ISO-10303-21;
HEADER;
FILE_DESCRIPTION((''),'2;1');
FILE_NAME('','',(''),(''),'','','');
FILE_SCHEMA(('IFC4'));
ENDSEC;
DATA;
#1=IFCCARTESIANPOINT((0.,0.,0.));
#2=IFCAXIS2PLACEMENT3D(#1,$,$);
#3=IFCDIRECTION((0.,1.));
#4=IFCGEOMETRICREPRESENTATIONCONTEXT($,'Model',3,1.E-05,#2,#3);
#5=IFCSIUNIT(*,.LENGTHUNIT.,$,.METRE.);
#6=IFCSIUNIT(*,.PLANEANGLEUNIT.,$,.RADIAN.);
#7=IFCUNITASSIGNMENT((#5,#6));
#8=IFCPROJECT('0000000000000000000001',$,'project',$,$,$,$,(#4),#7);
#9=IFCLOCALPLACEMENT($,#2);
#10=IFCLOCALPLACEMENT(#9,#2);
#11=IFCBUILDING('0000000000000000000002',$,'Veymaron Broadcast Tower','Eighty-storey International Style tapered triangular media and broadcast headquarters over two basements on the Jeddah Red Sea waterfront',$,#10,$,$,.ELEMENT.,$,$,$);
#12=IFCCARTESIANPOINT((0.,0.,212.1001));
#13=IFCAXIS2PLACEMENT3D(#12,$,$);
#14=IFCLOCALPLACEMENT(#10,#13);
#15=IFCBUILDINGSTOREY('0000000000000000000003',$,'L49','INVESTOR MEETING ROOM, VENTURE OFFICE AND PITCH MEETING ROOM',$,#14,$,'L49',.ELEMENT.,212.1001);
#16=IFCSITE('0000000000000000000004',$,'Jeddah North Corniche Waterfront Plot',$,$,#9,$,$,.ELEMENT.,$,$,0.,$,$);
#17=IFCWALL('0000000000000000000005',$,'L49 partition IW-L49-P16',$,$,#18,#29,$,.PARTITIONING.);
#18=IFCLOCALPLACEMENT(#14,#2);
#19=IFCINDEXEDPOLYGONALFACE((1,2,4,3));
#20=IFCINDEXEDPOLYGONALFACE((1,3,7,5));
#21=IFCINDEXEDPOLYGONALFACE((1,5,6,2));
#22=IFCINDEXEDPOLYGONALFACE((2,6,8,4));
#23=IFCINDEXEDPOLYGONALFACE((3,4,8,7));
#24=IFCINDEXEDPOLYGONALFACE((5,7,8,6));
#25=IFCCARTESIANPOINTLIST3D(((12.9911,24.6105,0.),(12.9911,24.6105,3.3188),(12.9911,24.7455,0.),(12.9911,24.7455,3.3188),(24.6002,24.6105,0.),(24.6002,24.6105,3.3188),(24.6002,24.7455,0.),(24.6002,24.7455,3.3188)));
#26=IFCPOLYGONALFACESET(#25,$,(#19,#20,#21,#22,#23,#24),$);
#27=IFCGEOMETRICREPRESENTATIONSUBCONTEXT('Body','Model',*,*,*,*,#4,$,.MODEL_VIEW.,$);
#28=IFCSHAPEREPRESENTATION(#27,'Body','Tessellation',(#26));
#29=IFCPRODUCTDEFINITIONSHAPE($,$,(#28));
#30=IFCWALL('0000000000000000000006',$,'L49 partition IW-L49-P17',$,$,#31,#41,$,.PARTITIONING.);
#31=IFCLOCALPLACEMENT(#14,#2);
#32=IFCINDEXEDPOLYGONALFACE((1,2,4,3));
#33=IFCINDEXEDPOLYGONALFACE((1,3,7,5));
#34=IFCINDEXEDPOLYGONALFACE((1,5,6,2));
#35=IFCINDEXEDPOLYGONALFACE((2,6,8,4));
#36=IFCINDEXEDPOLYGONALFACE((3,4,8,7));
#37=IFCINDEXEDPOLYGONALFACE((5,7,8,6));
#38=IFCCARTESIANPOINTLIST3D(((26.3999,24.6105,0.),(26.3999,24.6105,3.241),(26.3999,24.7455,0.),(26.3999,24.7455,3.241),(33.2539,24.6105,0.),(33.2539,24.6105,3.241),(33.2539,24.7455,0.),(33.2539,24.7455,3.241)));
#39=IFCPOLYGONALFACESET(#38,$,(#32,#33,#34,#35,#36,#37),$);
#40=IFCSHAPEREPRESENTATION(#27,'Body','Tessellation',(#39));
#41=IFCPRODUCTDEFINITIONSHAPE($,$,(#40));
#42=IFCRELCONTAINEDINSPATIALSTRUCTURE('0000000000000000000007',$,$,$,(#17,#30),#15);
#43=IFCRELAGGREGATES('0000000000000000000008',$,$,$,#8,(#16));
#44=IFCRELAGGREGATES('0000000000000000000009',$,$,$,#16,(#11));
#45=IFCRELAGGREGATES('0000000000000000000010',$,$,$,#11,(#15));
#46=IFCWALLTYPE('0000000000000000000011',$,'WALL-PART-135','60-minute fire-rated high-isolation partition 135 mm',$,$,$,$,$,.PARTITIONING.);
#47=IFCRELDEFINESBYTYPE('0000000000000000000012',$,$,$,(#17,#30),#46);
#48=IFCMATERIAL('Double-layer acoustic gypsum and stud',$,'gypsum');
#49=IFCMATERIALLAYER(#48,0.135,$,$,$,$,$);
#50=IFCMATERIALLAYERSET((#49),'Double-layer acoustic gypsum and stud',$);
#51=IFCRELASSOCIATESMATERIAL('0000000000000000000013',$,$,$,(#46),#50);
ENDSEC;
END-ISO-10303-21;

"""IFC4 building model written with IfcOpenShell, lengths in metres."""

from ifc_helpers import new_model, si_unit, direction, frame, frame_2d, origin, place, context, subcontext, project, spatial, rectangle, extrude, material, layer, layer_set, type_object, element, save


model = new_model("IFC4")

# Units and contexts
model_context = context("Model", 3, precision=1e-05, world=origin(), true_north=direction((0.0, 1.0)))
body_context = subcontext(model_context, "Body", "Model", "MODEL_VIEW")
ifc_project = project(units=[si_unit("LENGTHUNIT", "METRE"), si_unit("PLANEANGLEUNIT", "RADIAN")], contexts=[model_context])

# Site, building, storey
site_placement = place(None, origin())
site = spatial("IfcSite", under=ifc_project, at=site_placement, Name="Jeddah North Corniche Waterfront Plot", CompositionType="ELEMENT", RefElevation=0.0)
building_placement = place(site_placement, origin())
building = spatial("IfcBuilding", under=site, at=building_placement, Name="Veymaron Broadcast Tower", Description="Eighty-storey International Style tapered triangular media and broadcast headquarters over two basements on the Jeddah Red Sea waterfront", CompositionType="ELEMENT")
storey_placement = place(building_placement, frame((0.0, 0.0, 212.1001)))
storey = spatial("IfcBuildingStorey", under=building, at=storey_placement, Name="L49", Description="INVESTOR MEETING ROOM, VENTURE OFFICE AND PITCH MEETING ROOM", LongName="L49", CompositionType="ELEMENT", Elevation=212.1001)

# Walls
ifc_material_1 = material(Name="Double-layer acoustic gypsum and stud", Category="gypsum")
ifc_layer_1 = layer(ifc_material_1, 0.135)
ifc_layer_set_1 = layer_set([ifc_layer_1], Name="Double-layer acoustic gypsum and stud")
wall_type_1 = type_object("IfcWallType", Name="WALL-PART-135", Description="60-minute fire-rated high-isolation partition 135 mm", PredefinedType="PARTITIONING", material=ifc_layer_set_1)
wall_1_placement = place(storey_placement, frame((12.991, 24.678, 0.0), z_axis=(0.0, 0.0, 1.0), x_axis=(1.0, 0.0, 0.0)))
element("IfcWall", 1, at=wall_1_placement, inside=storey, type_object=wall_type_1, Name="L49 partition IW-L49-P16", PredefinedType="PARTITIONING", context=body_context, shape_type="SweptSolid", body=[
    extrude(rectangle(XDim=11.6091, YDim=0.135, at=frame_2d((5.8047, 0.0))), origin(), (0.0, 0.0, 1.0), 3.3188),
])
wall_2_placement = place(storey_placement, frame((26.3999, 24.678, 0.0), z_axis=(0.0, 0.0, 1.0), x_axis=(1.0, 0.0, 0.0)))
element("IfcWall", 2, at=wall_2_placement, inside=storey, type_object=wall_type_1, Name="L49 partition IW-L49-P17", PredefinedType="PARTITIONING", context=body_context, shape_type="SweptSolid", body=[
    extrude(rectangle(XDim=6.854, YDim=0.135, at=frame_2d((3.427, 0.0))), origin(), (0.0, 0.0, 1.0), 3.241),
])

save(model, "model.ifc")
